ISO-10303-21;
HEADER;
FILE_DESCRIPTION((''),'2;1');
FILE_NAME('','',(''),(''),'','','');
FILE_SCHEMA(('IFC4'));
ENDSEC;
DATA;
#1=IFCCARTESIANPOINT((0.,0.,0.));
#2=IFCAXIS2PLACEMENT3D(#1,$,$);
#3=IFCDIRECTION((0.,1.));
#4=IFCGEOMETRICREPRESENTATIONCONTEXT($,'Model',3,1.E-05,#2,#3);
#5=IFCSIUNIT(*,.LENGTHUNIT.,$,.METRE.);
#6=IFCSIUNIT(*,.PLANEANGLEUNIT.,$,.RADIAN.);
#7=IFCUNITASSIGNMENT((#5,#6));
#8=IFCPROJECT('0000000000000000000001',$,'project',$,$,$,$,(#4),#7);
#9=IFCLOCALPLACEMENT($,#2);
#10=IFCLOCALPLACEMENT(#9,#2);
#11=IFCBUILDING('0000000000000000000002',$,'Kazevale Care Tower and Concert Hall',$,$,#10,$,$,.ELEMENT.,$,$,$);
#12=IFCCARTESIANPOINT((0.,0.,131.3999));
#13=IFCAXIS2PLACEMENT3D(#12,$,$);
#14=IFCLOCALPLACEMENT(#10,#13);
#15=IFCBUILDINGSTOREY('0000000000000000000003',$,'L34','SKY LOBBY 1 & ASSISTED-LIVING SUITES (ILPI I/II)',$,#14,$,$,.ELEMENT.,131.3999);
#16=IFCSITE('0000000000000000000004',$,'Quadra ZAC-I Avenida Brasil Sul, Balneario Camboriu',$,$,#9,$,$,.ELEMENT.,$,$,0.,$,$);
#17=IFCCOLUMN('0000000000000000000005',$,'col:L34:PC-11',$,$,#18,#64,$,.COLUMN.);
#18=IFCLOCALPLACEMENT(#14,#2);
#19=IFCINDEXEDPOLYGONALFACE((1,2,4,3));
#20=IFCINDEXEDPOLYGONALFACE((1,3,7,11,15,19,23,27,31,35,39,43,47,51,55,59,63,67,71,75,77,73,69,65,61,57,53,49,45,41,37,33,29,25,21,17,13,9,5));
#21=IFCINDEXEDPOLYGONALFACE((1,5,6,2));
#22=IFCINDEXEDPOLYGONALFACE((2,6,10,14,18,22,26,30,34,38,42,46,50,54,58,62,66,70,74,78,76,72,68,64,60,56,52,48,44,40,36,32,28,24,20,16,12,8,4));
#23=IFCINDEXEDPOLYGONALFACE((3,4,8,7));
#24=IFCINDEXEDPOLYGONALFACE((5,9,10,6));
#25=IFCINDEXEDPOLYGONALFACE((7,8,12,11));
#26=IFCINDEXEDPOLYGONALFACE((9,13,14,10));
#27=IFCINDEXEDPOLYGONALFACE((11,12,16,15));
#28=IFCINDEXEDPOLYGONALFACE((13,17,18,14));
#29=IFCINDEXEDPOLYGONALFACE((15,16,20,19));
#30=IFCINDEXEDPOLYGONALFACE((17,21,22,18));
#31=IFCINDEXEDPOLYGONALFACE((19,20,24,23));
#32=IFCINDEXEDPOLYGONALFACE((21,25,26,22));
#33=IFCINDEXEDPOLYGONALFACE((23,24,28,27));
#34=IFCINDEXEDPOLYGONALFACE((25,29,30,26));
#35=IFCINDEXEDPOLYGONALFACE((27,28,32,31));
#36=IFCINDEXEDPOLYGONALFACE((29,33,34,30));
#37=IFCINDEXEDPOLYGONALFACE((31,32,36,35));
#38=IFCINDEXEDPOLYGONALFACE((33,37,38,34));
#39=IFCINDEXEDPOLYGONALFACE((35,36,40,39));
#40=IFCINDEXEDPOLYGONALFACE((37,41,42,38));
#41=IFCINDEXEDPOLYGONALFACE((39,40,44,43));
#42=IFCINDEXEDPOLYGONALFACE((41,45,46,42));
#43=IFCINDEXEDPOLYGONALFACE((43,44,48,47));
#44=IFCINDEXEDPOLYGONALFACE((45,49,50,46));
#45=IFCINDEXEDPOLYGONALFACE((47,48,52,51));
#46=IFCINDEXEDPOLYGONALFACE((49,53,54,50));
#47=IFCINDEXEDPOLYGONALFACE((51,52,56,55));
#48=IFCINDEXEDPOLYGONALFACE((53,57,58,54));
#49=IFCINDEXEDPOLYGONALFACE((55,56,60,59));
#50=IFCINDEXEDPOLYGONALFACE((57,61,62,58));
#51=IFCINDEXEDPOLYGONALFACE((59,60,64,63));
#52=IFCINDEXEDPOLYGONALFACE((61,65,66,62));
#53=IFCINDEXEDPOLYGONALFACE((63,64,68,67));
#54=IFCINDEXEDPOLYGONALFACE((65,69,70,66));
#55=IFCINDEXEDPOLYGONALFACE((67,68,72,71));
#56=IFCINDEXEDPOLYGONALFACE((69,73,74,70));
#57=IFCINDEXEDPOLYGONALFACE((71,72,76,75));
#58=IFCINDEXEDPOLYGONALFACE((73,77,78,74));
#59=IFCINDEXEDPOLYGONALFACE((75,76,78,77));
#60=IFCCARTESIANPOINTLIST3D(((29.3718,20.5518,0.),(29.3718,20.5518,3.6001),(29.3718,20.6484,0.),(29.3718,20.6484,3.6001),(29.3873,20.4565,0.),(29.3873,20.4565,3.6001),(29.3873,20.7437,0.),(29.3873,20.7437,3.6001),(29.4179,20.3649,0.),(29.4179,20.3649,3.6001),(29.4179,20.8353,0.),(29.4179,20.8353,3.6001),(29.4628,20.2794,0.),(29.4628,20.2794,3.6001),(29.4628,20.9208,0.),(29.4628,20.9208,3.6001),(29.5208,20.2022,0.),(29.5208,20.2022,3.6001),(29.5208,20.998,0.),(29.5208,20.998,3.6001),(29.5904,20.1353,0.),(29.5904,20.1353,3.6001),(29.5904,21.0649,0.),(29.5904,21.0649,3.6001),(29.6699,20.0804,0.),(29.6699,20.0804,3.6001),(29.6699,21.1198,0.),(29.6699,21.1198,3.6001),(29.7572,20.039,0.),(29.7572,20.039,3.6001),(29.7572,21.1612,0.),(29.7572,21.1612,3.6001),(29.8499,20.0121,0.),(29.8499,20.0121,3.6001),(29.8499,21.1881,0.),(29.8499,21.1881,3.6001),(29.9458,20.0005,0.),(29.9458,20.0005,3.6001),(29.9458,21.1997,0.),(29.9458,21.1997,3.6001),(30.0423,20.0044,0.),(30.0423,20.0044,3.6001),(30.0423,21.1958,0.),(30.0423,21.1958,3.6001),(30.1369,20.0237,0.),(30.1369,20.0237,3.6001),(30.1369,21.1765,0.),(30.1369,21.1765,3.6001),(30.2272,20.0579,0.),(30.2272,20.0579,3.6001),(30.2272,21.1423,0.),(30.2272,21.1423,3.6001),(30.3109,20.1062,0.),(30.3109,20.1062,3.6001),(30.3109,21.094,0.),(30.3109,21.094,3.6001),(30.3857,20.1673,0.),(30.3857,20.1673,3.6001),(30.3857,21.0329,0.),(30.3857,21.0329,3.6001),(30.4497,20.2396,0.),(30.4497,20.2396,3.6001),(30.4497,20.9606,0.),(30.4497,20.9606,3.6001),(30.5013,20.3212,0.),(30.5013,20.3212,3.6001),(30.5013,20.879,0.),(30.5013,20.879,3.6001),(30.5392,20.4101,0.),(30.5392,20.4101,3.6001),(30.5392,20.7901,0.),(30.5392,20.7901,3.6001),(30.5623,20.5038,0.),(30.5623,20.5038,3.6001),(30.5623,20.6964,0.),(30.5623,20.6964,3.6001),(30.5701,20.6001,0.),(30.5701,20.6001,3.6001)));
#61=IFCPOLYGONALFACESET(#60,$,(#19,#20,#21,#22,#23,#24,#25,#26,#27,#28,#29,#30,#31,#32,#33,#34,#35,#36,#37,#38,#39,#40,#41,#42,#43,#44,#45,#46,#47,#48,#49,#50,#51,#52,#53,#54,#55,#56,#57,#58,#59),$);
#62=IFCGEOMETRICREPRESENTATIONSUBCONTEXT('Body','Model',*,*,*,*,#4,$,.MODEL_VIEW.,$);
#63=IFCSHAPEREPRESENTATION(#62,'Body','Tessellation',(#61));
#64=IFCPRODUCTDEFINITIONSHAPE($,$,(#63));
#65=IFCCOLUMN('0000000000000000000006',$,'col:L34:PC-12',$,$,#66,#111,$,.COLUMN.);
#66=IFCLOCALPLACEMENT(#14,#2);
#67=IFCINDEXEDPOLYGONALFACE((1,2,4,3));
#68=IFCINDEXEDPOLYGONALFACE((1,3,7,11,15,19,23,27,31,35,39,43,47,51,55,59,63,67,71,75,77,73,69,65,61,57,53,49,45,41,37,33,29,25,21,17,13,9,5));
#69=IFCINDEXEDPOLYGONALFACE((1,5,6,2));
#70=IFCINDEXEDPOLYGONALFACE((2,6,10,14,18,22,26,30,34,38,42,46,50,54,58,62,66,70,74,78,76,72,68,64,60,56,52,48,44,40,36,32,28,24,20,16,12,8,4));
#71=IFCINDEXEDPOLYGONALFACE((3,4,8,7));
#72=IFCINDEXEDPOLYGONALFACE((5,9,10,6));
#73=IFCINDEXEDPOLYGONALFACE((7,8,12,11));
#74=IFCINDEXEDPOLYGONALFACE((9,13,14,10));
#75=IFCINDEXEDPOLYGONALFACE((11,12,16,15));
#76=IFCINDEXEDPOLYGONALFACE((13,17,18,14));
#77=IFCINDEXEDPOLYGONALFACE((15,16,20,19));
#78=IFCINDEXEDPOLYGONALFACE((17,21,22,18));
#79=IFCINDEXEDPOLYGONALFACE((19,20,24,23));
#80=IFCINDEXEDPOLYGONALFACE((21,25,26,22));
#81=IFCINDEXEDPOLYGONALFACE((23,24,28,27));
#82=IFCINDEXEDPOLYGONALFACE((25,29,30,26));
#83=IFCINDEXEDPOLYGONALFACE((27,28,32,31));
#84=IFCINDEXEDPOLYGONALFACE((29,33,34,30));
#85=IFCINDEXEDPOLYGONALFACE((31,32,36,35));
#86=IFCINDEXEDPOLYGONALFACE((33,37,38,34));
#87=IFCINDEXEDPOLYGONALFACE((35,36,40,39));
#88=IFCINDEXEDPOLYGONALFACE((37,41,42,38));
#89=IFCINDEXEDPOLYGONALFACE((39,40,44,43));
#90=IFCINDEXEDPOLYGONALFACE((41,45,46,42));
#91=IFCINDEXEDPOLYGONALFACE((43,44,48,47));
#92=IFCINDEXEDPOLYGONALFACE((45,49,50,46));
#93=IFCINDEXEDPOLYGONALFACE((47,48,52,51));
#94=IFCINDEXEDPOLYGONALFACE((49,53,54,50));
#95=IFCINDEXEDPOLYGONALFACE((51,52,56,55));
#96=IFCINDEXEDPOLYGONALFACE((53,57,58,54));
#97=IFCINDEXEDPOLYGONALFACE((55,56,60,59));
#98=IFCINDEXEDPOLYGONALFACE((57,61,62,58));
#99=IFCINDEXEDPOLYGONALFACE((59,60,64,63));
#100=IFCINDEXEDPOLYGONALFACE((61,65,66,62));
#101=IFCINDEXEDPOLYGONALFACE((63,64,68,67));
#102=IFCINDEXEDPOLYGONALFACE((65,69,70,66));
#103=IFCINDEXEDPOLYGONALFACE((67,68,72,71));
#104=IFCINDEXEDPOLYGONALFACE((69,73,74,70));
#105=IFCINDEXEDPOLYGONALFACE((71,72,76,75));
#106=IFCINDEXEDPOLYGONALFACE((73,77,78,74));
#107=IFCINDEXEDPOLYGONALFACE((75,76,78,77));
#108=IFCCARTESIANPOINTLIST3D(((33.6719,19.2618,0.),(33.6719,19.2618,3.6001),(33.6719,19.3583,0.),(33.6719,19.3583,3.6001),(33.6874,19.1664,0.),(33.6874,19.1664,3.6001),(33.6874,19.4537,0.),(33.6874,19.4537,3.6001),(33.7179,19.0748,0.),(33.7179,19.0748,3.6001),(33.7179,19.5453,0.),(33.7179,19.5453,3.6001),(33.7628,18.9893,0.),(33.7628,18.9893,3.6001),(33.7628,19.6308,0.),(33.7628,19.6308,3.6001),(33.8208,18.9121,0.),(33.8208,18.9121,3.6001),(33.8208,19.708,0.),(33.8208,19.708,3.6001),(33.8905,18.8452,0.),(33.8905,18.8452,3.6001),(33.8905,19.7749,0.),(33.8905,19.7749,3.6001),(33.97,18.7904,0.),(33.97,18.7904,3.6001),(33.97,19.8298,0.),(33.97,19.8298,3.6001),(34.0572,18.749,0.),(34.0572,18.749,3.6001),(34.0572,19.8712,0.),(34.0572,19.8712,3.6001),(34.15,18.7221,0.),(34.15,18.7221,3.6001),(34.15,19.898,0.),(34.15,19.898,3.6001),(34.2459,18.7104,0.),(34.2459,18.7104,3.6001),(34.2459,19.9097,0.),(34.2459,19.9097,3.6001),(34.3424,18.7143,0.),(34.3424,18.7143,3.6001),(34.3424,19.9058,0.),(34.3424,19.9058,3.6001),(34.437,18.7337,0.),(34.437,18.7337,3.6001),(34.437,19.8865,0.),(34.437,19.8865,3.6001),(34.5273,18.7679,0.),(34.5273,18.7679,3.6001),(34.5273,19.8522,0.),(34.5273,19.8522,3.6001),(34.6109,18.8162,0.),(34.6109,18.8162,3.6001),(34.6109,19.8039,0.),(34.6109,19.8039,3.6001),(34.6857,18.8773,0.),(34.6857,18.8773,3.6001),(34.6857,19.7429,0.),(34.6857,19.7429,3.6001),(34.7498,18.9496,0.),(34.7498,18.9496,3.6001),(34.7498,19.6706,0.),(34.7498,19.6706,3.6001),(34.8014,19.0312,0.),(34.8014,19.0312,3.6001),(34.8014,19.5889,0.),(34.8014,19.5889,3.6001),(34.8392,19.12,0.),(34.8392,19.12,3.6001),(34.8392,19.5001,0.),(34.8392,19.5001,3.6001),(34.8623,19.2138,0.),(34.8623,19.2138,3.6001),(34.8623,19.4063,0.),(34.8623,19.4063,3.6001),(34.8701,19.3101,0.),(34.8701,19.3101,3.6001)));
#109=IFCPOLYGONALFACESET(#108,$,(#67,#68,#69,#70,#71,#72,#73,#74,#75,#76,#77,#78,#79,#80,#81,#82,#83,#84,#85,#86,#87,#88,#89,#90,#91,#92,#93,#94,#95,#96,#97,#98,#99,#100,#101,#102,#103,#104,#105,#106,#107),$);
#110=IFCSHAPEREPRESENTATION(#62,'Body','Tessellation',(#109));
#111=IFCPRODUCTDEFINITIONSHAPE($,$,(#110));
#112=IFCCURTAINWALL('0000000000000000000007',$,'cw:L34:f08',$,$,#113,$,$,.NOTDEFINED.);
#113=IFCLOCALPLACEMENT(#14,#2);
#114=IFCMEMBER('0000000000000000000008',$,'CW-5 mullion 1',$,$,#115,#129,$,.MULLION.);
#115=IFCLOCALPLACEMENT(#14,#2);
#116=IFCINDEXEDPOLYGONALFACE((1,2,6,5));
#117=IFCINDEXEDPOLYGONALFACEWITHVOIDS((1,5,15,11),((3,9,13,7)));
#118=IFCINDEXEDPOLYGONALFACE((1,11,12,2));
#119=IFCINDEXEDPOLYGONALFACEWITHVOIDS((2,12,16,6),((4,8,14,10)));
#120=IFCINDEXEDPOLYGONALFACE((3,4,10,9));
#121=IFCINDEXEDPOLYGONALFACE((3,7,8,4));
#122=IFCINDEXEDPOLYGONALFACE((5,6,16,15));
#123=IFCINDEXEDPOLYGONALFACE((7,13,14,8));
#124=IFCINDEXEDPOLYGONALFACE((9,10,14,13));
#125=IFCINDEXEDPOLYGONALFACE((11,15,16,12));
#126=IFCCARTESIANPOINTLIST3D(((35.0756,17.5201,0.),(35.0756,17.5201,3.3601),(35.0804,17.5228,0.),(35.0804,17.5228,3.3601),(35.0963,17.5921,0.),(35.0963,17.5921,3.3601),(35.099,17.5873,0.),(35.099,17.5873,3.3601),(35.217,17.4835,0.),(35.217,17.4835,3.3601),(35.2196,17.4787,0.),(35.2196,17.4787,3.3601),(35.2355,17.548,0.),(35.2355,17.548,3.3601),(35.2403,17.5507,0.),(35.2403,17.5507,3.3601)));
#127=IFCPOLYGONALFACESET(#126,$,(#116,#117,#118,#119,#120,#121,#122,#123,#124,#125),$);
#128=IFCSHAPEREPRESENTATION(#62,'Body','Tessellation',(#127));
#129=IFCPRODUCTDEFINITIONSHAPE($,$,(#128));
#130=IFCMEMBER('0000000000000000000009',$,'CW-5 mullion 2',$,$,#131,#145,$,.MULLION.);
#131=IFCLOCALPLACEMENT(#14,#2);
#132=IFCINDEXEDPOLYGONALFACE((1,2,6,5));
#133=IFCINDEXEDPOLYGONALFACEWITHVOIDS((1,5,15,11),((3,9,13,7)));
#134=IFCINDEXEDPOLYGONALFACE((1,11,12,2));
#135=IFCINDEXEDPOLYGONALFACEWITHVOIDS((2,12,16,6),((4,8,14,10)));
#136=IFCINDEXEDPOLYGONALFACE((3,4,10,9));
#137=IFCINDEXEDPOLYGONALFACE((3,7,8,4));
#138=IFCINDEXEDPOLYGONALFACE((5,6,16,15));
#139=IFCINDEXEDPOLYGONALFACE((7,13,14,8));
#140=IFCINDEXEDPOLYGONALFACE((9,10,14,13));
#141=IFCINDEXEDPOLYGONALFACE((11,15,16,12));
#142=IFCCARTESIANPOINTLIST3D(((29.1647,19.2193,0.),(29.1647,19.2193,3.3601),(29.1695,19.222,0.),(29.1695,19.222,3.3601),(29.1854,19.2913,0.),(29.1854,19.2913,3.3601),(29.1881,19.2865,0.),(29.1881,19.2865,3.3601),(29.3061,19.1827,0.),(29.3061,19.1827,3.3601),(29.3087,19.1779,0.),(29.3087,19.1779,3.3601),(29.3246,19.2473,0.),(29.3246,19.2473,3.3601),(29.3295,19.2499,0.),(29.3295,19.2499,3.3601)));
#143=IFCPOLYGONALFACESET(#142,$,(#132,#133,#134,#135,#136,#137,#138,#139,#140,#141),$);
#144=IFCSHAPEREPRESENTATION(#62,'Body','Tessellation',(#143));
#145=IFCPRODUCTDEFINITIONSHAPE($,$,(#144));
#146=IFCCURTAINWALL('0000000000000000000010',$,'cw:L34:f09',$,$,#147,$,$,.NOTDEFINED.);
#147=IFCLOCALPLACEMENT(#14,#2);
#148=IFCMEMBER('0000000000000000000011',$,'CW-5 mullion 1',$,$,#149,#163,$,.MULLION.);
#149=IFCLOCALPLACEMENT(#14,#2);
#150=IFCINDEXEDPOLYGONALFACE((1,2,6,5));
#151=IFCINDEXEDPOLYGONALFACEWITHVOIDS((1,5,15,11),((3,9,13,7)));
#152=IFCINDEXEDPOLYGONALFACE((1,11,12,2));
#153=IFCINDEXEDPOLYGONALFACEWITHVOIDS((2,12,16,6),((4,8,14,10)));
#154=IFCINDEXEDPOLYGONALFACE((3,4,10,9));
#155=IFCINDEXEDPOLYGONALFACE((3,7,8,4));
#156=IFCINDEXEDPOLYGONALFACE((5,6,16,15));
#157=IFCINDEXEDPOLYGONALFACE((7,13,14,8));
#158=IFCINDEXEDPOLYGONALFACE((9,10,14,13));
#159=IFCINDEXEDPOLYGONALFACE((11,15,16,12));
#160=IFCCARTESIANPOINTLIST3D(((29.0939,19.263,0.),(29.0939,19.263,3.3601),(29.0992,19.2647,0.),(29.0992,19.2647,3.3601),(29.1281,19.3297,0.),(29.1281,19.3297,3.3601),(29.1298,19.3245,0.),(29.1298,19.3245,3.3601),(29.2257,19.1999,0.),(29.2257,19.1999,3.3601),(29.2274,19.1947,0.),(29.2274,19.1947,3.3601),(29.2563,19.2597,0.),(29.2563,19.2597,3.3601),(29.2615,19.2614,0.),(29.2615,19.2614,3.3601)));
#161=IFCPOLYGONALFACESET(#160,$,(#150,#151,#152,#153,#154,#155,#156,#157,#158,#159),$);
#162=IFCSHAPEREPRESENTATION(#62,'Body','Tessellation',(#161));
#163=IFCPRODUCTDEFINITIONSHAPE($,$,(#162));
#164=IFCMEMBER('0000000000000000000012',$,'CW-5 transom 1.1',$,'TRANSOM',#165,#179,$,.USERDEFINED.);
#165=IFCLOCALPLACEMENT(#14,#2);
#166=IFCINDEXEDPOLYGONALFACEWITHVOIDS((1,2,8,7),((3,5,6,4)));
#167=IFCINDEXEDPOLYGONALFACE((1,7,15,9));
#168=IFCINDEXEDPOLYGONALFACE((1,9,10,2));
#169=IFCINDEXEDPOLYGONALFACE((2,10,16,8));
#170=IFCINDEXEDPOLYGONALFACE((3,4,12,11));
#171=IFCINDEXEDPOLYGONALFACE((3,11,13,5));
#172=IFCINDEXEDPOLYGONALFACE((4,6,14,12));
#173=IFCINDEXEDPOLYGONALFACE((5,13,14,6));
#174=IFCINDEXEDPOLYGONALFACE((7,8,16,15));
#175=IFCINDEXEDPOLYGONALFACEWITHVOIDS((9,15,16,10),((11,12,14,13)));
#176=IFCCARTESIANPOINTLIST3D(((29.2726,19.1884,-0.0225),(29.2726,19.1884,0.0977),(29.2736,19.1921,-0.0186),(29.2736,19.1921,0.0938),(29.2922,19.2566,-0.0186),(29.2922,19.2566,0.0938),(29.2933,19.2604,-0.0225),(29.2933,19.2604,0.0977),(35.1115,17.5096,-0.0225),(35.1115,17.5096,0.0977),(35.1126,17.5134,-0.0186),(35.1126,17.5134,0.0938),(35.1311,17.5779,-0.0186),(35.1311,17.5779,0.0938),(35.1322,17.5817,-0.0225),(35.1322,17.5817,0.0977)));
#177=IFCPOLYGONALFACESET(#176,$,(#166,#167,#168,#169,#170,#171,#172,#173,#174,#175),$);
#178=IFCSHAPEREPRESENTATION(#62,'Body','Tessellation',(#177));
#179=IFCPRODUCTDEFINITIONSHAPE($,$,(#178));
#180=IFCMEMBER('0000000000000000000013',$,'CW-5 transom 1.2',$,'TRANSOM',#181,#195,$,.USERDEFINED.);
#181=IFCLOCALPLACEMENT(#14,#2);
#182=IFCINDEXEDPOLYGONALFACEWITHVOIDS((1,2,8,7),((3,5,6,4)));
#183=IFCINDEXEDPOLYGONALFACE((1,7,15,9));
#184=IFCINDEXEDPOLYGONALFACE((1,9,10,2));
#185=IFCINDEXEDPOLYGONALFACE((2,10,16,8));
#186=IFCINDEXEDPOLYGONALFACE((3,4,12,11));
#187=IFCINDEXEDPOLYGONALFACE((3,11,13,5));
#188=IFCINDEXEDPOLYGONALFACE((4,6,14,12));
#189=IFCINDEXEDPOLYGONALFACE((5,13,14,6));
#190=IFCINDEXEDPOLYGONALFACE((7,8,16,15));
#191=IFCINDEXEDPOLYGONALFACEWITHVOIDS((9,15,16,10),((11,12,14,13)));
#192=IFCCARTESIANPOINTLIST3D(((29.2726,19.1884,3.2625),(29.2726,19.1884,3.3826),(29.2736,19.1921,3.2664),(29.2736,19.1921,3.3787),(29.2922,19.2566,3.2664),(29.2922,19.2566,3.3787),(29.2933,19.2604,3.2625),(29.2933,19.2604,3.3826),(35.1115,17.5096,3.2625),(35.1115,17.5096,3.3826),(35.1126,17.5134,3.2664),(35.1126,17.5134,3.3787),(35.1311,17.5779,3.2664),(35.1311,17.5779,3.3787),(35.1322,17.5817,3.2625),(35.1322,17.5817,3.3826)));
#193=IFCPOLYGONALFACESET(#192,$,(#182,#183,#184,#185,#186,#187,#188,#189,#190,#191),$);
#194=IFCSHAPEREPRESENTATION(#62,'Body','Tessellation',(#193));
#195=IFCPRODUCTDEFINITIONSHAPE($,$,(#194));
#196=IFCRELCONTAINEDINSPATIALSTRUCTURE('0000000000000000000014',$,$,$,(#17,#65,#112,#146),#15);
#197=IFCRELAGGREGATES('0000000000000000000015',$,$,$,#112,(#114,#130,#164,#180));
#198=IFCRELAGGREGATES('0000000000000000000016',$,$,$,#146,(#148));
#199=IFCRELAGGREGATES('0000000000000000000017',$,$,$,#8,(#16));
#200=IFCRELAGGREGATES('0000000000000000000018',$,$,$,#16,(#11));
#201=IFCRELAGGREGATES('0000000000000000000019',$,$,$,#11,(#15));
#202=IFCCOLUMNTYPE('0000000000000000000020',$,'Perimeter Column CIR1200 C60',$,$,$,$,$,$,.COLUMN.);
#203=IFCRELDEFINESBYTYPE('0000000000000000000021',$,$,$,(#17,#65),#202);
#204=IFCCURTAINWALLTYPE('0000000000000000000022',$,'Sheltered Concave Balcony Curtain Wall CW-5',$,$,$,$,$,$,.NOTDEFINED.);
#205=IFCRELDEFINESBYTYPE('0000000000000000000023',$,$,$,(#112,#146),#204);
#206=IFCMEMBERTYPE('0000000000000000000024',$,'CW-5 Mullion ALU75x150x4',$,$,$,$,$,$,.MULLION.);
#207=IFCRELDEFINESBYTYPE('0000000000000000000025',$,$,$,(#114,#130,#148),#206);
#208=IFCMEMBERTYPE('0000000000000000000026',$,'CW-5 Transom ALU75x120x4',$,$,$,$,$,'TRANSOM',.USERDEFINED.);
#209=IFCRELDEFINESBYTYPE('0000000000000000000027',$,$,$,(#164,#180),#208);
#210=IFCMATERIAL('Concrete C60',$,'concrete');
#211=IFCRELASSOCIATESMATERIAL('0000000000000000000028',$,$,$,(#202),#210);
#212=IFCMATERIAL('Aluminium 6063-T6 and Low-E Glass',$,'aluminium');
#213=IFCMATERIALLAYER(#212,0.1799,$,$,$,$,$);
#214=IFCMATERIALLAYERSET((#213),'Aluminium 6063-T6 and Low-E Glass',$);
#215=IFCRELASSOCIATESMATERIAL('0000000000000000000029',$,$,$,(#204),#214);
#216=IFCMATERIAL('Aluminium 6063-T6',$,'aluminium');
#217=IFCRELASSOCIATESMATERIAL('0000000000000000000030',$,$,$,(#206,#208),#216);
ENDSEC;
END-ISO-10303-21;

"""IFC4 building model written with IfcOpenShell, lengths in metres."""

from ifc_helpers import new_model, si_unit, direction, frame, origin, origin_2d, place, context, subcontext, project, spatial, hollow_rectangle, circle, extrude, material, layer, layer_set, material_profile, profile_set, type_object, element, aggregate, save


model = new_model("IFC4")

# Units and contexts
model_context = context("Model", 3, precision=1e-05, world=origin(), true_north=direction((0.0, 1.0)))
body_context = subcontext(model_context, "Body", "Model", "MODEL_VIEW")
ifc_project = project(units=[si_unit("LENGTHUNIT", "METRE"), si_unit("PLANEANGLEUNIT", "RADIAN")], contexts=[model_context])

# Site, building, storey
site_placement = place(None, origin())
site = spatial("IfcSite", under=ifc_project, at=site_placement, Name="Quadra ZAC-I Avenida Brasil Sul, Balneario Camboriu", CompositionType="ELEMENT", RefElevation=0.0)
building_placement = place(site_placement, origin())
building = spatial("IfcBuilding", under=site, at=building_placement, Name="Kazevale Care Tower and Concert Hall", CompositionType="ELEMENT")
storey_placement = place(building_placement, frame((0.0, 0.0, 131.3999)))
storey = spatial("IfcBuildingStorey", under=building, at=storey_placement, Name="L34", Description="SKY LOBBY 1 & ASSISTED-LIVING SUITES (ILPI I/II)", CompositionType="ELEMENT", Elevation=131.3999)

# Columns
ifc_material_1 = material(Name="Concrete C60", Category="concrete")
ifc_material_profile_1 = material_profile(ifc_material_1, circle(Radius=0.6001, at=origin_2d()), Name="RC-CIR1200")
ifc_profile_set_1 = profile_set([ifc_material_profile_1], Name="Concrete C60")
column_type = type_object("IfcColumnType", Name="Perimeter Column CIR1200 C60", PredefinedType="COLUMN", material=ifc_profile_set_1)
for number, where, z_axis, x_axis, name in (
    (1, (29.97, 20.6001, 0.0), (0.0, 0.0, 1.0), (1.0, 0.0, 0.0), "col:L34:PC-11"),
    (2, (34.27, 19.3101, 0.0), (0.0, 0.0, 1.0), (1.0, 0.0, 0.0), "col:L34:PC-12"),
):
    element("IfcColumn", number, at=place(storey_placement, frame(where, z_axis=z_axis, x_axis=x_axis)), inside=storey, type_object=column_type, Name=name, PredefinedType="COLUMN", context=body_context, shape_type="SweptSolid", body=[
        extrude(circle(Radius=0.6001, at=origin_2d()), origin(), (0.0, 0.0, 1.0), 3.6001),
    ])

# Curtain wall, members
ifc_material_2 = material(Name="Aluminium 6063-T6 and Low-E Glass", Category="aluminium")
ifc_layer_1 = layer(ifc_material_2, 0.1799)
ifc_layer_set_1 = layer_set([ifc_layer_1], Name="Aluminium 6063-T6 and Low-E Glass")
curtain_wall_type = type_object("IfcCurtainWallType", Name="Sheltered Concave Balcony Curtain Wall CW-5", PredefinedType="NOTDEFINED", material=ifc_layer_set_1)
curtain_wall_1_placement = place(storey_placement, origin())
curtain_wall_1 = element("IfcCurtainWall", 3, at=curtain_wall_1_placement, inside=storey, type_object=curtain_wall_type, Name="cw:L34:f08", PredefinedType="NOTDEFINED")
ifc_material_3 = material(Name="Aluminium 6063-T6", Category="aluminium")
ifc_material_profile_2 = material_profile(ifc_material_3, hollow_rectangle(XDim=0.075, YDim=0.1499, WallThickness=0.0039, at=origin_2d()), Name="ALU75x150x4")
ifc_profile_set_2 = profile_set([ifc_material_profile_2], Name="Aluminium 6063-T6")
member_type_1 = type_object("IfcMemberType", Name="CW-5 Mullion ALU75x150x4", PredefinedType="MULLION", material=ifc_profile_set_2)
member_1_placement = place(storey_placement, frame((35.158, 17.5354, 0.0), z_axis=(0.0, 0.0, 1.0), x_axis=(-0.276291, -0.961074, 0.0)))
member_1 = element("IfcMember", 4, at=member_1_placement, type_object=member_type_1, Name="CW-5 mullion 1", PredefinedType="MULLION", context=body_context, shape_type="SweptSolid", body=[
    extrude(hollow_rectangle(XDim=0.075, YDim=0.1499, WallThickness=0.0039, at=origin_2d()), origin(), (0.0, 0.0, 1.0), 3.3601),
])
member_2_placement = place(storey_placement, frame((29.2471, 19.2346, 0.0), z_axis=(0.0, 0.0, 1.0), x_axis=(-0.276291, -0.961074, 0.0)))
member_2 = element("IfcMember", 5, at=member_2_placement, type_object=member_type_1, Name="CW-5 mullion 2", PredefinedType="MULLION", context=body_context, shape_type="SweptSolid", body=[
    extrude(hollow_rectangle(XDim=0.075, YDim=0.1499, WallThickness=0.0039, at=origin_2d()), origin(), (0.0, 0.0, 1.0), 3.3601),
])

# Curtain wall, member
curtain_wall_2_placement = place(storey_placement, origin())
curtain_wall_2 = element("IfcCurtainWall", 6, at=curtain_wall_2_placement, inside=storey, type_object=curtain_wall_type, Name="cw:L34:f09", PredefinedType="NOTDEFINED")
member_3_placement = place(storey_placement, frame((29.1777, 19.2622, 0.0), z_axis=(0.0, 0.0, 1.0), x_axis=(-0.455713, -0.890127, 0.0)))
member_3 = element("IfcMember", 7, at=member_3_placement, type_object=member_type_1, Name="CW-5 mullion 1", PredefinedType="MULLION", context=body_context, shape_type="SweptSolid", body=[
    extrude(hollow_rectangle(XDim=0.075, YDim=0.1499, WallThickness=0.0039, at=origin_2d()), origin(), (0.0, 0.0, 1.0), 3.3601),
])

# Members
ifc_material_profile_3 = material_profile(ifc_material_3, hollow_rectangle(XDim=0.075, YDim=0.1201, WallThickness=0.0039, at=origin_2d()), Name="ALU75x120x4")
ifc_profile_set_3 = profile_set([ifc_material_profile_3], Name="Aluminium 6063-T6")
member_type_2 = type_object("IfcMemberType", Name="CW-5 Transom ALU75x120x4", ElementType="TRANSOM", PredefinedType="USERDEFINED", material=ifc_profile_set_3)
member_4_placement = place(storey_placement, frame((35.1218, 17.5457, 0.0376), z_axis=(-0.961068, 0.276313, 0.0), x_axis=(-0.276313, -0.961068, 0.0)))
member_4 = element("IfcMember", 8, at=member_4_placement, type_object=member_type_2, Name="CW-5 transom 1.1", ObjectType="TRANSOM", PredefinedType="USERDEFINED", context=body_context, shape_type="SweptSolid", body=[
    extrude(hollow_rectangle(XDim=0.075, YDim=0.1201, WallThickness=0.0039, at=origin_2d()), origin(), (0.0, 0.0, 1.0), 6.0754),
])
member_5_placement = place(storey_placement, frame((35.1218, 17.5457, 3.3225), z_axis=(-0.961068, 0.276313, 0.0), x_axis=(-0.276313, -0.961068, 0.0)))
member_5 = element("IfcMember", 9, at=member_5_placement, type_object=member_type_2, Name="CW-5 transom 1.2", ObjectType="TRANSOM", PredefinedType="USERDEFINED", context=body_context, shape_type="SweptSolid", body=[
    extrude(hollow_rectangle(XDim=0.075, YDim=0.1201, WallThickness=0.0039, at=origin_2d()), origin(), (0.0, 0.0, 1.0), 6.0754),
])

aggregate(curtain_wall_1, [member_1, member_2, member_4, member_5])
aggregate(curtain_wall_2, [member_3])

save(model, "model.ifc")
